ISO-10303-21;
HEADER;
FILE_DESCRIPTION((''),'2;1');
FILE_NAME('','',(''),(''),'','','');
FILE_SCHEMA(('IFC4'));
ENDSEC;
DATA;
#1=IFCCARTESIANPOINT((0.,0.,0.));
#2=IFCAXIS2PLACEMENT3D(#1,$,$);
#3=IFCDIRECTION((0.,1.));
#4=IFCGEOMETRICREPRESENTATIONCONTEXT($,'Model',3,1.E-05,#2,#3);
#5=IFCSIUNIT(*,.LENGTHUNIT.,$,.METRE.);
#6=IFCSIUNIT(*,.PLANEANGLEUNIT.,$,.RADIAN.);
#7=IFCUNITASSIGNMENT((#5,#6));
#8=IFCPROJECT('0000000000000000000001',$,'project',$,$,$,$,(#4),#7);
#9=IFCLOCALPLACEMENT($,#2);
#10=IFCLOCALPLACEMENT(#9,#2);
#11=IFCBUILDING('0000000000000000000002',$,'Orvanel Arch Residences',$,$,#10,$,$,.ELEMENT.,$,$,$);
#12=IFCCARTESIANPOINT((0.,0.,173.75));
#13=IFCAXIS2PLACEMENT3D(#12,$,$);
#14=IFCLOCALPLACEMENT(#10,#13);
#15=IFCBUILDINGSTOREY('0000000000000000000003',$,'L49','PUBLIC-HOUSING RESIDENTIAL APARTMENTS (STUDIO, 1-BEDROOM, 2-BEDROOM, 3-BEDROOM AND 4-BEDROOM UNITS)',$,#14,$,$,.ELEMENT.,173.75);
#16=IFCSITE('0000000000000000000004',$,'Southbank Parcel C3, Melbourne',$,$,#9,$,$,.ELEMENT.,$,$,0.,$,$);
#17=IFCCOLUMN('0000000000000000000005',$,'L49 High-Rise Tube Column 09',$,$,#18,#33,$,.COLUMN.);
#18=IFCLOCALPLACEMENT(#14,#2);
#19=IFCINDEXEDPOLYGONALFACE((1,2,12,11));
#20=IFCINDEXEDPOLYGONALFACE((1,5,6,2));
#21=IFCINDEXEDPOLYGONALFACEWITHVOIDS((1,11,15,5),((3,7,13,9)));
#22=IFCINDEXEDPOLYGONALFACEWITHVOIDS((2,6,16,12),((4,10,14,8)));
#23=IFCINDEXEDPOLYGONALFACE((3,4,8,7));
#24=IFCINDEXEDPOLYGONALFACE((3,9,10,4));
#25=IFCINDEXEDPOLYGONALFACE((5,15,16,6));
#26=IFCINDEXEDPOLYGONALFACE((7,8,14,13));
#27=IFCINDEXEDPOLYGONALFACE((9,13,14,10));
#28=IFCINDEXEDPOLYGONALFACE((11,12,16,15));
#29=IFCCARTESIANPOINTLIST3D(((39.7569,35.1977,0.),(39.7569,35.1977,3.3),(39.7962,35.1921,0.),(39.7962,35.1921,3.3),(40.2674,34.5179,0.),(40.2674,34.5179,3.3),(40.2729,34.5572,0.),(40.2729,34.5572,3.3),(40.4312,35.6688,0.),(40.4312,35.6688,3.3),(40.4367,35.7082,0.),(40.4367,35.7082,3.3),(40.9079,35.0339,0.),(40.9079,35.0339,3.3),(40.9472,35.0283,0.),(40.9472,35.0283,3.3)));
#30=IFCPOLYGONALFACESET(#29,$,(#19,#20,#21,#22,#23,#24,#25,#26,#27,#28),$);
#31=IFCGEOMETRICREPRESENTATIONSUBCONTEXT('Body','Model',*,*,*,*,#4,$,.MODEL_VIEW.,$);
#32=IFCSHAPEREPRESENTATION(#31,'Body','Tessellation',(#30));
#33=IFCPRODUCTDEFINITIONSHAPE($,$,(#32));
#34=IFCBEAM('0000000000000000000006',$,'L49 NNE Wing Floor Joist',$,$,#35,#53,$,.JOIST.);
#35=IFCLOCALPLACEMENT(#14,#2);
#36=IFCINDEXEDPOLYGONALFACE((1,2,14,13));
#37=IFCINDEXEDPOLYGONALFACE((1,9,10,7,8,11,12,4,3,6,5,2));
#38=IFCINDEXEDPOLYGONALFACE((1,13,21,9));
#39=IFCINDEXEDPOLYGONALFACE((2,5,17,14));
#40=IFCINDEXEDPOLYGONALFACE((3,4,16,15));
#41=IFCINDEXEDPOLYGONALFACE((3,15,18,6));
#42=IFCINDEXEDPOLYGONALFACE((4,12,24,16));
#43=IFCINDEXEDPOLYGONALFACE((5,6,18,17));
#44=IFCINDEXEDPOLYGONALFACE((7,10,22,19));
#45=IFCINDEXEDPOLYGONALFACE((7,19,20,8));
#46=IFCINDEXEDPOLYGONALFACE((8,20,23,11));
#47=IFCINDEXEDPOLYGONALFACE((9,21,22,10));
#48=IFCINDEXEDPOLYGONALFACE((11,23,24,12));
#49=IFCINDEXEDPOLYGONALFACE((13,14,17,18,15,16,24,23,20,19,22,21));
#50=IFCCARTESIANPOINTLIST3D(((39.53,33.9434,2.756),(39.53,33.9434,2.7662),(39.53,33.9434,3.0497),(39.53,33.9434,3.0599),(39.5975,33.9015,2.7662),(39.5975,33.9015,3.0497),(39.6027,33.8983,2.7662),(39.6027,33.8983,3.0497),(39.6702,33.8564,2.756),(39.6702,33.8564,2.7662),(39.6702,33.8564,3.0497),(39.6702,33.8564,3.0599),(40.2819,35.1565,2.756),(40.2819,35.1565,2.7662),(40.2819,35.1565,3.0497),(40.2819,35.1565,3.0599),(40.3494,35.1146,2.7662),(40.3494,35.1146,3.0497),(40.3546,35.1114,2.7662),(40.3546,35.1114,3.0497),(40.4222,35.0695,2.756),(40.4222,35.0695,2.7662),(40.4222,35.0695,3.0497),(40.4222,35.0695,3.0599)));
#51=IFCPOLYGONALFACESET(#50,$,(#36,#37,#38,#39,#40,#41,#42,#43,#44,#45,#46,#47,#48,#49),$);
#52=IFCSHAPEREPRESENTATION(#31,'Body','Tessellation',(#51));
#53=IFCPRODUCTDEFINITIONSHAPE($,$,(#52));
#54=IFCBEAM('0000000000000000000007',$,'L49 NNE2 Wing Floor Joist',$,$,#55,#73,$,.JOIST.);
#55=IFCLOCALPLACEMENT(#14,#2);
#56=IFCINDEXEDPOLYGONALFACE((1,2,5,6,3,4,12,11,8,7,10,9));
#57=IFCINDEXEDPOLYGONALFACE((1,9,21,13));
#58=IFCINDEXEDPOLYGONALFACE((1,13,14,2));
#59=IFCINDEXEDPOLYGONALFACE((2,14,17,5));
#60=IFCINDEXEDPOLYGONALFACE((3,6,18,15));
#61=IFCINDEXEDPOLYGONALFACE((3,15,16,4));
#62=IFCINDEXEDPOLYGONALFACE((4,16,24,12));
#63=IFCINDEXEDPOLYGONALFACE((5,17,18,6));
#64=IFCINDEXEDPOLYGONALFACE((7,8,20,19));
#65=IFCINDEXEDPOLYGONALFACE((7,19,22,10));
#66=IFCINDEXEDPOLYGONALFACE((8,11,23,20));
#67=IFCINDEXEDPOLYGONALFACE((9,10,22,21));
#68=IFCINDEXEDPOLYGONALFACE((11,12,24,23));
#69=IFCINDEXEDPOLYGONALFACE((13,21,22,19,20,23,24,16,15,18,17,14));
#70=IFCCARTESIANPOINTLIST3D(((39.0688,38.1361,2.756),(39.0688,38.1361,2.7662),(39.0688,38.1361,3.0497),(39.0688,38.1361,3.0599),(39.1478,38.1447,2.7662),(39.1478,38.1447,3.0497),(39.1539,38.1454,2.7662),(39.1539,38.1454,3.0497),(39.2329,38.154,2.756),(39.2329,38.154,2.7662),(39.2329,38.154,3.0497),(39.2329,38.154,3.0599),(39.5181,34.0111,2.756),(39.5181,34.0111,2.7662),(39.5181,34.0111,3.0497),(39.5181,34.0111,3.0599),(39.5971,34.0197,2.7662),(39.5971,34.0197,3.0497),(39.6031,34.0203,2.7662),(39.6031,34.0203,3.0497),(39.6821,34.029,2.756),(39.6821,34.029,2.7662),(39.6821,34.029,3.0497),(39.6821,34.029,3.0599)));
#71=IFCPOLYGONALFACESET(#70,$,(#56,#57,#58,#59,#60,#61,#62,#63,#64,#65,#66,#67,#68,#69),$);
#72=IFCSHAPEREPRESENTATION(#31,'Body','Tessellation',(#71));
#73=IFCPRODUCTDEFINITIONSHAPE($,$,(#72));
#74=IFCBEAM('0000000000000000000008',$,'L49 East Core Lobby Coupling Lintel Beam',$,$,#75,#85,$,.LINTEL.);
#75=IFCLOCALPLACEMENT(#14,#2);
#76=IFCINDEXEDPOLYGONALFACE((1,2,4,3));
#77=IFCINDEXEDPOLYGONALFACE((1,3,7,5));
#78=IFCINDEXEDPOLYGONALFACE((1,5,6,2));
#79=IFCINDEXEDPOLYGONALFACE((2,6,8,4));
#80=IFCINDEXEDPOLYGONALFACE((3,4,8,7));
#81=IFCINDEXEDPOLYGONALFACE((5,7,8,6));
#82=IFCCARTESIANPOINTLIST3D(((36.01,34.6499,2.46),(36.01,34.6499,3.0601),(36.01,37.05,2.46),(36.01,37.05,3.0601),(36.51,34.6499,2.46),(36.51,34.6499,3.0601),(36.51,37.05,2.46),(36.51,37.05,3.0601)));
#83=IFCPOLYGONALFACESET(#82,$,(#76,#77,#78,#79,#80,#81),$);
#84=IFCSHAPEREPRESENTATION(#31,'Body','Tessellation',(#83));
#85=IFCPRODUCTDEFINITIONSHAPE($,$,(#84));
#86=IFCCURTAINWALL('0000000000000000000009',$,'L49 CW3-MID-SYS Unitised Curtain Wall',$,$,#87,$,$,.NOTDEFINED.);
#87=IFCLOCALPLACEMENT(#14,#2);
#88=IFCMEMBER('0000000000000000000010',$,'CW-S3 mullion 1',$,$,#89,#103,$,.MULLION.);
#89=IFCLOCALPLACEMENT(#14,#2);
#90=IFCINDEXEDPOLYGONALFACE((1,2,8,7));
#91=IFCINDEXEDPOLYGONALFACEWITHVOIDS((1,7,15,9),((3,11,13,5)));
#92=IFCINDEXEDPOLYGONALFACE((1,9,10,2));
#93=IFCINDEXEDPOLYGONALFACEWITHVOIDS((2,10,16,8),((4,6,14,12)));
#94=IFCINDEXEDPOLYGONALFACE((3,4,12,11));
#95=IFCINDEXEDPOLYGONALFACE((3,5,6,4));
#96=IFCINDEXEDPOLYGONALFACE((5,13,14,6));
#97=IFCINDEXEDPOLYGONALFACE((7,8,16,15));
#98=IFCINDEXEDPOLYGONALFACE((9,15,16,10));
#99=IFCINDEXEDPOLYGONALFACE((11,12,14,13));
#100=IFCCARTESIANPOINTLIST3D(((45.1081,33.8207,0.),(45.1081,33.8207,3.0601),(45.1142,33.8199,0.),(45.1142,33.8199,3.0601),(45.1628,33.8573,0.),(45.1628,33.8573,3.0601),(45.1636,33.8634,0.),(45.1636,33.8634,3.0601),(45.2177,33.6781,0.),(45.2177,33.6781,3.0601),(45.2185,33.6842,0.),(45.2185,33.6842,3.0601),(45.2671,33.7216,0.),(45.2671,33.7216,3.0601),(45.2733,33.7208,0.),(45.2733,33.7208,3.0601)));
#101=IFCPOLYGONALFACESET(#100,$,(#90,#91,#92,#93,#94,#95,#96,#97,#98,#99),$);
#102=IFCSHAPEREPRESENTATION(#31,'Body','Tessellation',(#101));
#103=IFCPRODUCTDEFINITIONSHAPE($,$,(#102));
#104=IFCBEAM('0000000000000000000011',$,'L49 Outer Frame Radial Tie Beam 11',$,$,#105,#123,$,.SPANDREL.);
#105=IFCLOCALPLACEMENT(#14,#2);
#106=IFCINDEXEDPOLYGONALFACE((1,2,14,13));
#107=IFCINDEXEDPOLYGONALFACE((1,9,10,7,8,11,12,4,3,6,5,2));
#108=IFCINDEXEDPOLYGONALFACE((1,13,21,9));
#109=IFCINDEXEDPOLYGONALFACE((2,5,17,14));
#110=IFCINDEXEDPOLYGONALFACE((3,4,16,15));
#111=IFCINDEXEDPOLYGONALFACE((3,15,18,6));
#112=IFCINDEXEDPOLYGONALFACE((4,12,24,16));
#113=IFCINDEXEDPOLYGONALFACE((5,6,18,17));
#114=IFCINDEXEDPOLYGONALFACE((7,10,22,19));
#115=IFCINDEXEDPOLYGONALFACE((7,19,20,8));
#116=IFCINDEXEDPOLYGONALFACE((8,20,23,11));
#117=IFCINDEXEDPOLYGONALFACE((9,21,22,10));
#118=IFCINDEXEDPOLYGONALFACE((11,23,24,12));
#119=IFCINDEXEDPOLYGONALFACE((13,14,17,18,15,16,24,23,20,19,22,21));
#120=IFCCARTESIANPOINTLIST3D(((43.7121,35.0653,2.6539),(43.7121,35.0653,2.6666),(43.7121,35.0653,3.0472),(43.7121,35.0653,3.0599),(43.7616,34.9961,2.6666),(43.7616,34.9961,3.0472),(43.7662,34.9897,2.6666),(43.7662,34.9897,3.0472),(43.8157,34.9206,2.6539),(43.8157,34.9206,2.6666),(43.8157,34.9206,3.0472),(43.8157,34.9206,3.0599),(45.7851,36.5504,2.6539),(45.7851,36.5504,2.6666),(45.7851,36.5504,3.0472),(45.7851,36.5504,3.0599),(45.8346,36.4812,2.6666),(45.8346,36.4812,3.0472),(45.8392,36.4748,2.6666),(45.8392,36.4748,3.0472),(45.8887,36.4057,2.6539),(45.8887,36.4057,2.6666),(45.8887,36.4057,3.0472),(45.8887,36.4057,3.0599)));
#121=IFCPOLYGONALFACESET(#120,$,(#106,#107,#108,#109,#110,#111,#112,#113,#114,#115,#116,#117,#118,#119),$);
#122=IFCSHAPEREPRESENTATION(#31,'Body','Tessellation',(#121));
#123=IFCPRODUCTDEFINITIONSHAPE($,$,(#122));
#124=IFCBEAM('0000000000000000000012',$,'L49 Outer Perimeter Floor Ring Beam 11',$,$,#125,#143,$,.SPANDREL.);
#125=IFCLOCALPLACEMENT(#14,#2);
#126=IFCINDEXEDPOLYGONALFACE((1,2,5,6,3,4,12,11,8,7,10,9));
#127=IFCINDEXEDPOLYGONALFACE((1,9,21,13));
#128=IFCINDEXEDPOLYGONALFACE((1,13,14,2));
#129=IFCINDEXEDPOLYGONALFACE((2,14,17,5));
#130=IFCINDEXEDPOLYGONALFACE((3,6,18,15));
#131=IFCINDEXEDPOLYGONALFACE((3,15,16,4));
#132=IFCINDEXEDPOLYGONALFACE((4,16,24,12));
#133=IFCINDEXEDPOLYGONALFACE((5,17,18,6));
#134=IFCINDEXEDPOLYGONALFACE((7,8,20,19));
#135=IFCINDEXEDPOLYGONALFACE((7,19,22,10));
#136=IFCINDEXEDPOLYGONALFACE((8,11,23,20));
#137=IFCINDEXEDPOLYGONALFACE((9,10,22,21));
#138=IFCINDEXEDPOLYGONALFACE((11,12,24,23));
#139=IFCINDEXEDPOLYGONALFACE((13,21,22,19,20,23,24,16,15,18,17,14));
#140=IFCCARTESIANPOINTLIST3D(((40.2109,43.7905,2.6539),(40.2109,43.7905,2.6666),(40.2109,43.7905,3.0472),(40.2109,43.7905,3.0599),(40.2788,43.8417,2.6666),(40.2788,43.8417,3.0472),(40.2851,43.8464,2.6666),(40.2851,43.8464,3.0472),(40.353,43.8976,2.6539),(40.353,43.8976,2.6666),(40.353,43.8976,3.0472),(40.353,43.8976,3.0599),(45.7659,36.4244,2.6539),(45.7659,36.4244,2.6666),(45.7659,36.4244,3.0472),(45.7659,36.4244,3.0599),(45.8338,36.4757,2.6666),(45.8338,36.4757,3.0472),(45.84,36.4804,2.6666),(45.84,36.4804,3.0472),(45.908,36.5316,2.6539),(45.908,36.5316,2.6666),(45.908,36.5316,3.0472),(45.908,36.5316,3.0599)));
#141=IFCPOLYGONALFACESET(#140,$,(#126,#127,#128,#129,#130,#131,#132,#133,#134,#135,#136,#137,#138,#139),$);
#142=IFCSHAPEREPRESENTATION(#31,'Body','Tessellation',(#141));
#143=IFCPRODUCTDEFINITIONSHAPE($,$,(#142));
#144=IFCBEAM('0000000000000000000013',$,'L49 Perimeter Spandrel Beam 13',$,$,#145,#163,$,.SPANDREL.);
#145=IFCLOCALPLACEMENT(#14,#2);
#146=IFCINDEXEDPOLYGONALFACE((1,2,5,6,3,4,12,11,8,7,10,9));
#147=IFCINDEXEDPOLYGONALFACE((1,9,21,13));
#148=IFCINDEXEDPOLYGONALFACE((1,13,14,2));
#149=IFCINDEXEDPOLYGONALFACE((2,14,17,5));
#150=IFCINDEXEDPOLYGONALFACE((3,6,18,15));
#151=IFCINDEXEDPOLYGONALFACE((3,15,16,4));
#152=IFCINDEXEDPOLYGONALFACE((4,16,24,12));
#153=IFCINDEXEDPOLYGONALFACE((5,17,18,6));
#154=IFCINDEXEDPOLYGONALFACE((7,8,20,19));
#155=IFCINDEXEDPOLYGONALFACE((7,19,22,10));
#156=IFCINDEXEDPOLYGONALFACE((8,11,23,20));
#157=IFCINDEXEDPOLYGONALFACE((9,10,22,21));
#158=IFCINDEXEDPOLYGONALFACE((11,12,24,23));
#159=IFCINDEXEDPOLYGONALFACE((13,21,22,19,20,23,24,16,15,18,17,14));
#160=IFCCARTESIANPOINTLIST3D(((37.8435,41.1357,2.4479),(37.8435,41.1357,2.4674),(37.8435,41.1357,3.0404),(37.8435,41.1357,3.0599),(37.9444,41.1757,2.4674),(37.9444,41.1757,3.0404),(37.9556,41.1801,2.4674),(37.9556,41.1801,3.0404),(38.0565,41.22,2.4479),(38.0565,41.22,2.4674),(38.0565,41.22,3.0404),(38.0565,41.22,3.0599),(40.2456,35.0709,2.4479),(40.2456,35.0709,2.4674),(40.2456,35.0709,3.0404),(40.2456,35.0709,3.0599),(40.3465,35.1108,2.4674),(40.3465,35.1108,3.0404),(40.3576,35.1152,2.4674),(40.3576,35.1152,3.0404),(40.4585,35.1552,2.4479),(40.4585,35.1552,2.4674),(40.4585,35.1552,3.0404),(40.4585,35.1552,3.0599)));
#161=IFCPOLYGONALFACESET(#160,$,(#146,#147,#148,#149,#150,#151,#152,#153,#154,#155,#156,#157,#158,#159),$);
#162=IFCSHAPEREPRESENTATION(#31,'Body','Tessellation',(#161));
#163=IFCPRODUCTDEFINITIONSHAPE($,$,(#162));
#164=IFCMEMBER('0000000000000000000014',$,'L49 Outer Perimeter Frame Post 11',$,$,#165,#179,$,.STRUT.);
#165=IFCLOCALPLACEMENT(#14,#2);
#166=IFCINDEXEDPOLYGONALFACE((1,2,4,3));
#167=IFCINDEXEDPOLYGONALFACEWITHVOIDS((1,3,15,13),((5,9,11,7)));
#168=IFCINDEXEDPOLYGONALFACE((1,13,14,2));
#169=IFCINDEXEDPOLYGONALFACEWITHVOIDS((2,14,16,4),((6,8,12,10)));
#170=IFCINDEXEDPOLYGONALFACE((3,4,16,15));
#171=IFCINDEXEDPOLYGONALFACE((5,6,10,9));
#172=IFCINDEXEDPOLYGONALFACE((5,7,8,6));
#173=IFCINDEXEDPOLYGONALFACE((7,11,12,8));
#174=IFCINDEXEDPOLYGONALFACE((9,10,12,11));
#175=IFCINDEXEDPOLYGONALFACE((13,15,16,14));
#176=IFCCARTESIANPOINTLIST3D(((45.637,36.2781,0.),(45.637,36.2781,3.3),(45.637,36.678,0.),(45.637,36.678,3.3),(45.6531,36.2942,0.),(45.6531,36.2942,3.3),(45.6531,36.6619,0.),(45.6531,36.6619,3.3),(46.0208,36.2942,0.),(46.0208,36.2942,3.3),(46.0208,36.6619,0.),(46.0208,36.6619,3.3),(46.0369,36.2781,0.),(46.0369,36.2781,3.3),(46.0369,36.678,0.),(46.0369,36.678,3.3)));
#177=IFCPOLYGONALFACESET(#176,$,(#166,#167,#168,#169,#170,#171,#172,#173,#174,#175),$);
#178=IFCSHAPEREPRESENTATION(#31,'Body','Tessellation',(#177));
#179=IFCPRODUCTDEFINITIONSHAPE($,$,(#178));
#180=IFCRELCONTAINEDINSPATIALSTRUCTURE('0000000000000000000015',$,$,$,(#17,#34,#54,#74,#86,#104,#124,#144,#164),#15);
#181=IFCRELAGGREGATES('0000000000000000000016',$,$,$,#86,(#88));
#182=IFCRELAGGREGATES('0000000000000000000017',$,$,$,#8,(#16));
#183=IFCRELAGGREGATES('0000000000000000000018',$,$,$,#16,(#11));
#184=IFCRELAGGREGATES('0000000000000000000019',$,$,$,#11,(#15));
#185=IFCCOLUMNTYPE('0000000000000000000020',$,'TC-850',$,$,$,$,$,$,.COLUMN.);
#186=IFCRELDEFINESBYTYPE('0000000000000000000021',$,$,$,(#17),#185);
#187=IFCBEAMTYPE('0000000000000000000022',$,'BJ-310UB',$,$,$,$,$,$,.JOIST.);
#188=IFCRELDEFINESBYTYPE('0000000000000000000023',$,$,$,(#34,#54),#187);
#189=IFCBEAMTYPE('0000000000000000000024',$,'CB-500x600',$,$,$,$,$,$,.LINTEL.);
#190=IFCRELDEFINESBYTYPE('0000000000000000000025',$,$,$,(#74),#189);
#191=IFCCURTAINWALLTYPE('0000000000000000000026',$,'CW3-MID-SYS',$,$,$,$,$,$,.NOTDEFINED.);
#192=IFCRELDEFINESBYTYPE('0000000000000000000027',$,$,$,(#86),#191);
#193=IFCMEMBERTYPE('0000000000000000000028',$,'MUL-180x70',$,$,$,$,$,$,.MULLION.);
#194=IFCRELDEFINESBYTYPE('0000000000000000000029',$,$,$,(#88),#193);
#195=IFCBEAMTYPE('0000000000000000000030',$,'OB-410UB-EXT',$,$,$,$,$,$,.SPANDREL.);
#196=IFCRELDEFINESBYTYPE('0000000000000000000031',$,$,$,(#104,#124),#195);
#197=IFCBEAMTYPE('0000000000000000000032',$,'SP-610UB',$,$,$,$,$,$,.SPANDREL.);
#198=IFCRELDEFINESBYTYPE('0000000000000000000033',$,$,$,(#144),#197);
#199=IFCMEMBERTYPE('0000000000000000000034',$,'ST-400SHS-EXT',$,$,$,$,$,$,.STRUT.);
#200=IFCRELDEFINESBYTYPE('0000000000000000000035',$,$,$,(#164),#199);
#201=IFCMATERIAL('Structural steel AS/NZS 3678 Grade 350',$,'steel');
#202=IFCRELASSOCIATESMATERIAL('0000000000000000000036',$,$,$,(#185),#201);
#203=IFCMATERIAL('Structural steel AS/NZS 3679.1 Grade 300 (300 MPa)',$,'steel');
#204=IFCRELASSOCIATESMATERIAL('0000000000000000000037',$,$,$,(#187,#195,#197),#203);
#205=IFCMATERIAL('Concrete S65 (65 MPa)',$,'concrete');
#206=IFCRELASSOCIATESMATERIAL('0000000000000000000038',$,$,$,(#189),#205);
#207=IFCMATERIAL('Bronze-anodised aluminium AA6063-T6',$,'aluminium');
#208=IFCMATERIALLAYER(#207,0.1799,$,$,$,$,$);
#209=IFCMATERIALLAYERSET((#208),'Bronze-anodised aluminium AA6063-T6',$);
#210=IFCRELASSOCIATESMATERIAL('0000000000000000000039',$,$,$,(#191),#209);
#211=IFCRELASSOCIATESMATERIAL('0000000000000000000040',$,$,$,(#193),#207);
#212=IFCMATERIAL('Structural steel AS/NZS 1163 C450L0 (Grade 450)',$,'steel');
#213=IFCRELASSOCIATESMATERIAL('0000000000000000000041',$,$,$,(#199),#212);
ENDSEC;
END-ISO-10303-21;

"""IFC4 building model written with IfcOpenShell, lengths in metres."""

from ifc_helpers import new_model, si_unit, direction, frame, origin, origin_2d, place, context, subcontext, project, spatial, rectangle, hollow_rectangle, i_section, extrude, material, layer, layer_set, material_profile, profile_set, type_object, element, aggregate, save


model = new_model("IFC4")

# Units and contexts
model_context = context("Model", 3, precision=1e-05, world=origin(), true_north=direction((0.0, 1.0)))
body_context = subcontext(model_context, "Body", "Model", "MODEL_VIEW")
ifc_project = project(units=[si_unit("LENGTHUNIT", "METRE"), si_unit("PLANEANGLEUNIT", "RADIAN")], contexts=[model_context])

# Site, building, storey
site_placement = place(None, origin())
site = spatial("IfcSite", under=ifc_project, at=site_placement, Name="Southbank Parcel C3, Melbourne", CompositionType="ELEMENT", RefElevation=0.0)
building_placement = place(site_placement, origin())
building = spatial("IfcBuilding", under=site, at=building_placement, Name="Orvanel Arch Residences", CompositionType="ELEMENT")
storey_placement = place(building_placement, frame((0.0, 0.0, 173.75)))
storey = spatial("IfcBuildingStorey", under=building, at=storey_placement, Name="L49", Description="PUBLIC-HOUSING RESIDENTIAL APARTMENTS (STUDIO, 1-BEDROOM, 2-BEDROOM, 3-BEDROOM AND 4-BEDROOM UNITS)", CompositionType="ELEMENT", Elevation=173.75)

# Column
ifc_material_1 = material(Name="Structural steel AS/NZS 3678 Grade 350", Category="steel")
ifc_material_profile_1 = material_profile(ifc_material_1, hollow_rectangle(XDim=0.8501, YDim=0.8501, WallThickness=0.0281, at=origin_2d()), Name="BOX850x850x28")
ifc_profile_set_1 = profile_set([ifc_material_profile_1], Name="Structural steel AS/NZS 3678 Grade 350")
column_type = type_object("IfcColumnType", Name="TC-850", PredefinedType="COLUMN", material=ifc_profile_set_1)
column_placement = place(storey_placement, frame((40.3521, 35.113, 0.0), z_axis=(0.0, 0.0, 1.0), x_axis=(-0.60042, 0.799685, 0.0)))
element("IfcColumn", 1, at=column_placement, inside=storey, type_object=column_type, Name="L49 High-Rise Tube Column 09", PredefinedType="COLUMN", context=body_context, shape_type="SweptSolid", body=[
    extrude(hollow_rectangle(XDim=0.8501, YDim=0.8501, WallThickness=0.0281, at=origin_2d()), origin(), (0.0, 0.0, 1.0), 3.3),
])

# Beams
ifc_material_2 = material(Name="Structural steel AS/NZS 3679.1 Grade 300 (300 MPa)", Category="steel")
ifc_material_profile_2 = material_profile(ifc_material_2, i_section(OverallWidth=0.165, OverallDepth=0.304, WebThickness=0.0061, FlangeThickness=0.0103, at=origin_2d()), Name="310UB40.4")
ifc_profile_set_2 = profile_set([ifc_material_profile_2], Name="Structural steel AS/NZS 3679.1 Grade 300 (300 MPa)")
beam_type_1 = type_object("IfcBeamType", Name="BJ-310UB", PredefinedType="JOIST", material=ifc_profile_set_2)
beam_1_placement = place(storey_placement, frame((39.6001, 33.8999, 2.908), z_axis=(0.526843, 0.849962, 0.0), x_axis=(-0.849962, 0.526843, 0.0)))
element("IfcBeam", 2, at=beam_1_placement, inside=storey, type_object=beam_type_1, Name="L49 NNE Wing Floor Joist", PredefinedType="JOIST", context=body_context, shape_type="SweptSolid", body=[
    extrude(i_section(OverallWidth=0.165, OverallDepth=0.304, WebThickness=0.0061, FlangeThickness=0.0103, at=origin_2d()), origin(), (0.0, 0.0, 1.0), 1.4272),
])
beam_2_placement = place(storey_placement, frame((39.6001, 34.02, 2.908), z_axis=(-0.108261, 0.994122, 0.0), x_axis=(-0.994122, -0.108261, 0.0)))
element("IfcBeam", 3, at=beam_2_placement, inside=storey, type_object=beam_type_1, Name="L49 NNE2 Wing Floor Joist", PredefinedType="JOIST", context=body_context, shape_type="SweptSolid", body=[
    extrude(i_section(OverallWidth=0.165, OverallDepth=0.304, WebThickness=0.0061, FlangeThickness=0.0103, at=origin_2d()), origin(), (0.0, 0.0, 1.0), 4.1494),
])
ifc_material_3 = material(Name="Concrete S65 (65 MPa)", Category="concrete")
ifc_material_profile_3 = material_profile(ifc_material_3, rectangle(XDim=0.5, YDim=0.6001, at=origin_2d()), Name="RC500x600")
ifc_profile_set_3 = profile_set([ifc_material_profile_3], Name="Concrete S65 (65 MPa)")
beam_type_2 = type_object("IfcBeamType", Name="CB-500x600", PredefinedType="LINTEL", material=ifc_profile_set_3)
beam_3_placement = place(storey_placement, frame((36.26, 34.6499, 2.76), z_axis=(0.0, 1.0, 0.0), x_axis=(-1.0, 0.0, 0.0)))
element("IfcBeam", 4, at=beam_3_placement, inside=storey, type_object=beam_type_2, Name="L49 East Core Lobby Coupling Lintel Beam", PredefinedType="LINTEL", context=body_context, shape_type="SweptSolid", body=[
    extrude(rectangle(XDim=0.5, YDim=0.6001, at=origin_2d()), origin(), (0.0, 0.0, 1.0), 2.4001),
])

# Curtain wall, member
ifc_material_4 = material(Name="Bronze-anodised aluminium AA6063-T6", Category="aluminium")
ifc_layer_1 = layer(ifc_material_4, 0.1799)
ifc_layer_set_1 = layer_set([ifc_layer_1], Name="Bronze-anodised aluminium AA6063-T6")
curtain_wall_type = type_object("IfcCurtainWallType", Name="CW3-MID-SYS", PredefinedType="NOTDEFINED", material=ifc_layer_set_1)
curtain_wall_placement = place(storey_placement, origin())
curtain_wall = element("IfcCurtainWall", 5, at=curtain_wall_placement, inside=storey, type_object=curtain_wall_type, Name="L49 CW3-MID-SYS Unitised Curtain Wall", PredefinedType="NOTDEFINED")
ifc_material_profile_4 = material_profile(ifc_material_4, hollow_rectangle(XDim=0.0701, YDim=0.1799, WallThickness=0.0044, at=origin_2d()), Name="ALU180x70x4.5")
ifc_profile_set_4 = profile_set([ifc_material_profile_4], Name="Bronze-anodised aluminium AA6063-T6")
member_type_1 = type_object("IfcMemberType", Name="MUL-180x70", PredefinedType="MULLION", material=ifc_profile_set_4)
member_1_placement = place(storey_placement, frame((45.1907, 33.7708, 0.0), z_axis=(0.0, 0.0, 1.0), x_axis=(-0.792926, -0.609318, 0.0)))
member_1 = element("IfcMember", 6, at=member_1_placement, type_object=member_type_1, Name="CW-S3 mullion 1", PredefinedType="MULLION", context=body_context, shape_type="SweptSolid", body=[
    extrude(hollow_rectangle(XDim=0.0701, YDim=0.1799, WallThickness=0.0044, at=origin_2d()), origin(), (0.0, 0.0, 1.0), 3.0601),
])

# Beams
ifc_material_profile_5 = material_profile(ifc_material_2, i_section(OverallWidth=0.178, OverallDepth=0.406, WebThickness=0.0078, FlangeThickness=0.0127, at=origin_2d()), Name="410UB59.7")
ifc_profile_set_5 = profile_set([ifc_material_profile_5], Name="Structural steel AS/NZS 3679.1 Grade 300 (300 MPa)")
beam_type_3 = type_object("IfcBeamType", Name="OB-410UB-EXT", PredefinedType="SPANDREL", material=ifc_profile_set_5)
beam_4_placement = place(storey_placement, frame((43.7639, 34.9929, 2.8569), z_axis=(0.812918, 0.582379, 0.0), x_axis=(-0.582379, 0.812918, 0.0)))
element("IfcBeam", 7, at=beam_4_placement, inside=storey, type_object=beam_type_3, Name="L49 Outer Frame Radial Tie Beam 11", PredefinedType="SPANDREL", context=body_context, shape_type="SweptSolid", body=[
    extrude(i_section(OverallWidth=0.178, OverallDepth=0.406, WebThickness=0.0078, FlangeThickness=0.0127, at=origin_2d()), origin(), (0.0, 0.0, 1.0), 2.55),
])
beam_5_placement = place(storey_placement, frame((45.8369, 36.478, 2.8569), z_axis=(-0.602111, 0.798413, 0.0), x_axis=(-0.798413, -0.602111, 0.0)))
element("IfcBeam", 8, at=beam_5_placement, inside=storey, type_object=beam_type_3, Name="L49 Outer Perimeter Floor Ring Beam 11", PredefinedType="SPANDREL", context=body_context, shape_type="SweptSolid", body=[
    extrude(i_section(OverallWidth=0.178, OverallDepth=0.406, WebThickness=0.0078, FlangeThickness=0.0127, at=origin_2d()), origin(), (0.0, 0.0, 1.0), 9.2258),
])
ifc_material_profile_6 = material_profile(ifc_material_2, i_section(OverallWidth=0.229, OverallDepth=0.6121, WebThickness=0.012, FlangeThickness=0.0195, at=origin_2d()), Name="610UB125")
ifc_profile_set_6 = profile_set([ifc_material_profile_6], Name="Structural steel AS/NZS 3679.1 Grade 300 (300 MPa)")
beam_type_4 = type_object("IfcBeamType", Name="SP-610UB", PredefinedType="SPANDREL", material=ifc_profile_set_6)
beam_6_placement = place(storey_placement, frame((40.3521, 35.113, 2.7539), z_axis=(-0.368233, 0.929733, 0.0), x_axis=(-0.929733, -0.368233, 0.0)))
element("IfcBeam", 9, at=beam_6_placement, inside=storey, type_object=beam_type_4, Name="L49 Perimeter Spandrel Beam 13", PredefinedType="SPANDREL", context=body_context, shape_type="SweptSolid", body=[
    extrude(i_section(OverallWidth=0.229, OverallDepth=0.6121, WebThickness=0.012, FlangeThickness=0.0195, at=origin_2d()), origin(), (0.0, 0.0, 1.0), 6.5232),
])

# Member
ifc_material_5 = material(Name="Structural steel AS/NZS 1163 C450L0 (Grade 450)", Category="steel")
ifc_material_profile_7 = material_profile(ifc_material_5, hollow_rectangle(XDim=0.3999, YDim=0.3999, WallThickness=0.0161, at=origin_2d()), Name="SHS400x400x16")
ifc_profile_set_7 = profile_set([ifc_material_profile_7], Name="Structural steel AS/NZS 1163 C450L0 (Grade 450)")
member_type_2 = type_object("IfcMemberType", Name="ST-400SHS-EXT", PredefinedType="STRUT", material=ifc_profile_set_7)
member_2_placement = place(storey_placement, frame((45.8369, 36.478, 0.0), z_axis=(0.0, 0.0, 1.0), x_axis=(1.0, 0.0, 0.0)))
element("IfcMember", 10, at=member_2_placement, inside=storey, type_object=member_type_2, Name="L49 Outer Perimeter Frame Post 11", PredefinedType="STRUT", context=body_context, shape_type="SweptSolid", body=[
    extrude(hollow_rectangle(XDim=0.3999, YDim=0.3999, WallThickness=0.0161, at=origin_2d()), origin(), (0.0, 0.0, 1.0), 3.3),
])

aggregate(curtain_wall, [member_1])

save(model, "model.ifc")
